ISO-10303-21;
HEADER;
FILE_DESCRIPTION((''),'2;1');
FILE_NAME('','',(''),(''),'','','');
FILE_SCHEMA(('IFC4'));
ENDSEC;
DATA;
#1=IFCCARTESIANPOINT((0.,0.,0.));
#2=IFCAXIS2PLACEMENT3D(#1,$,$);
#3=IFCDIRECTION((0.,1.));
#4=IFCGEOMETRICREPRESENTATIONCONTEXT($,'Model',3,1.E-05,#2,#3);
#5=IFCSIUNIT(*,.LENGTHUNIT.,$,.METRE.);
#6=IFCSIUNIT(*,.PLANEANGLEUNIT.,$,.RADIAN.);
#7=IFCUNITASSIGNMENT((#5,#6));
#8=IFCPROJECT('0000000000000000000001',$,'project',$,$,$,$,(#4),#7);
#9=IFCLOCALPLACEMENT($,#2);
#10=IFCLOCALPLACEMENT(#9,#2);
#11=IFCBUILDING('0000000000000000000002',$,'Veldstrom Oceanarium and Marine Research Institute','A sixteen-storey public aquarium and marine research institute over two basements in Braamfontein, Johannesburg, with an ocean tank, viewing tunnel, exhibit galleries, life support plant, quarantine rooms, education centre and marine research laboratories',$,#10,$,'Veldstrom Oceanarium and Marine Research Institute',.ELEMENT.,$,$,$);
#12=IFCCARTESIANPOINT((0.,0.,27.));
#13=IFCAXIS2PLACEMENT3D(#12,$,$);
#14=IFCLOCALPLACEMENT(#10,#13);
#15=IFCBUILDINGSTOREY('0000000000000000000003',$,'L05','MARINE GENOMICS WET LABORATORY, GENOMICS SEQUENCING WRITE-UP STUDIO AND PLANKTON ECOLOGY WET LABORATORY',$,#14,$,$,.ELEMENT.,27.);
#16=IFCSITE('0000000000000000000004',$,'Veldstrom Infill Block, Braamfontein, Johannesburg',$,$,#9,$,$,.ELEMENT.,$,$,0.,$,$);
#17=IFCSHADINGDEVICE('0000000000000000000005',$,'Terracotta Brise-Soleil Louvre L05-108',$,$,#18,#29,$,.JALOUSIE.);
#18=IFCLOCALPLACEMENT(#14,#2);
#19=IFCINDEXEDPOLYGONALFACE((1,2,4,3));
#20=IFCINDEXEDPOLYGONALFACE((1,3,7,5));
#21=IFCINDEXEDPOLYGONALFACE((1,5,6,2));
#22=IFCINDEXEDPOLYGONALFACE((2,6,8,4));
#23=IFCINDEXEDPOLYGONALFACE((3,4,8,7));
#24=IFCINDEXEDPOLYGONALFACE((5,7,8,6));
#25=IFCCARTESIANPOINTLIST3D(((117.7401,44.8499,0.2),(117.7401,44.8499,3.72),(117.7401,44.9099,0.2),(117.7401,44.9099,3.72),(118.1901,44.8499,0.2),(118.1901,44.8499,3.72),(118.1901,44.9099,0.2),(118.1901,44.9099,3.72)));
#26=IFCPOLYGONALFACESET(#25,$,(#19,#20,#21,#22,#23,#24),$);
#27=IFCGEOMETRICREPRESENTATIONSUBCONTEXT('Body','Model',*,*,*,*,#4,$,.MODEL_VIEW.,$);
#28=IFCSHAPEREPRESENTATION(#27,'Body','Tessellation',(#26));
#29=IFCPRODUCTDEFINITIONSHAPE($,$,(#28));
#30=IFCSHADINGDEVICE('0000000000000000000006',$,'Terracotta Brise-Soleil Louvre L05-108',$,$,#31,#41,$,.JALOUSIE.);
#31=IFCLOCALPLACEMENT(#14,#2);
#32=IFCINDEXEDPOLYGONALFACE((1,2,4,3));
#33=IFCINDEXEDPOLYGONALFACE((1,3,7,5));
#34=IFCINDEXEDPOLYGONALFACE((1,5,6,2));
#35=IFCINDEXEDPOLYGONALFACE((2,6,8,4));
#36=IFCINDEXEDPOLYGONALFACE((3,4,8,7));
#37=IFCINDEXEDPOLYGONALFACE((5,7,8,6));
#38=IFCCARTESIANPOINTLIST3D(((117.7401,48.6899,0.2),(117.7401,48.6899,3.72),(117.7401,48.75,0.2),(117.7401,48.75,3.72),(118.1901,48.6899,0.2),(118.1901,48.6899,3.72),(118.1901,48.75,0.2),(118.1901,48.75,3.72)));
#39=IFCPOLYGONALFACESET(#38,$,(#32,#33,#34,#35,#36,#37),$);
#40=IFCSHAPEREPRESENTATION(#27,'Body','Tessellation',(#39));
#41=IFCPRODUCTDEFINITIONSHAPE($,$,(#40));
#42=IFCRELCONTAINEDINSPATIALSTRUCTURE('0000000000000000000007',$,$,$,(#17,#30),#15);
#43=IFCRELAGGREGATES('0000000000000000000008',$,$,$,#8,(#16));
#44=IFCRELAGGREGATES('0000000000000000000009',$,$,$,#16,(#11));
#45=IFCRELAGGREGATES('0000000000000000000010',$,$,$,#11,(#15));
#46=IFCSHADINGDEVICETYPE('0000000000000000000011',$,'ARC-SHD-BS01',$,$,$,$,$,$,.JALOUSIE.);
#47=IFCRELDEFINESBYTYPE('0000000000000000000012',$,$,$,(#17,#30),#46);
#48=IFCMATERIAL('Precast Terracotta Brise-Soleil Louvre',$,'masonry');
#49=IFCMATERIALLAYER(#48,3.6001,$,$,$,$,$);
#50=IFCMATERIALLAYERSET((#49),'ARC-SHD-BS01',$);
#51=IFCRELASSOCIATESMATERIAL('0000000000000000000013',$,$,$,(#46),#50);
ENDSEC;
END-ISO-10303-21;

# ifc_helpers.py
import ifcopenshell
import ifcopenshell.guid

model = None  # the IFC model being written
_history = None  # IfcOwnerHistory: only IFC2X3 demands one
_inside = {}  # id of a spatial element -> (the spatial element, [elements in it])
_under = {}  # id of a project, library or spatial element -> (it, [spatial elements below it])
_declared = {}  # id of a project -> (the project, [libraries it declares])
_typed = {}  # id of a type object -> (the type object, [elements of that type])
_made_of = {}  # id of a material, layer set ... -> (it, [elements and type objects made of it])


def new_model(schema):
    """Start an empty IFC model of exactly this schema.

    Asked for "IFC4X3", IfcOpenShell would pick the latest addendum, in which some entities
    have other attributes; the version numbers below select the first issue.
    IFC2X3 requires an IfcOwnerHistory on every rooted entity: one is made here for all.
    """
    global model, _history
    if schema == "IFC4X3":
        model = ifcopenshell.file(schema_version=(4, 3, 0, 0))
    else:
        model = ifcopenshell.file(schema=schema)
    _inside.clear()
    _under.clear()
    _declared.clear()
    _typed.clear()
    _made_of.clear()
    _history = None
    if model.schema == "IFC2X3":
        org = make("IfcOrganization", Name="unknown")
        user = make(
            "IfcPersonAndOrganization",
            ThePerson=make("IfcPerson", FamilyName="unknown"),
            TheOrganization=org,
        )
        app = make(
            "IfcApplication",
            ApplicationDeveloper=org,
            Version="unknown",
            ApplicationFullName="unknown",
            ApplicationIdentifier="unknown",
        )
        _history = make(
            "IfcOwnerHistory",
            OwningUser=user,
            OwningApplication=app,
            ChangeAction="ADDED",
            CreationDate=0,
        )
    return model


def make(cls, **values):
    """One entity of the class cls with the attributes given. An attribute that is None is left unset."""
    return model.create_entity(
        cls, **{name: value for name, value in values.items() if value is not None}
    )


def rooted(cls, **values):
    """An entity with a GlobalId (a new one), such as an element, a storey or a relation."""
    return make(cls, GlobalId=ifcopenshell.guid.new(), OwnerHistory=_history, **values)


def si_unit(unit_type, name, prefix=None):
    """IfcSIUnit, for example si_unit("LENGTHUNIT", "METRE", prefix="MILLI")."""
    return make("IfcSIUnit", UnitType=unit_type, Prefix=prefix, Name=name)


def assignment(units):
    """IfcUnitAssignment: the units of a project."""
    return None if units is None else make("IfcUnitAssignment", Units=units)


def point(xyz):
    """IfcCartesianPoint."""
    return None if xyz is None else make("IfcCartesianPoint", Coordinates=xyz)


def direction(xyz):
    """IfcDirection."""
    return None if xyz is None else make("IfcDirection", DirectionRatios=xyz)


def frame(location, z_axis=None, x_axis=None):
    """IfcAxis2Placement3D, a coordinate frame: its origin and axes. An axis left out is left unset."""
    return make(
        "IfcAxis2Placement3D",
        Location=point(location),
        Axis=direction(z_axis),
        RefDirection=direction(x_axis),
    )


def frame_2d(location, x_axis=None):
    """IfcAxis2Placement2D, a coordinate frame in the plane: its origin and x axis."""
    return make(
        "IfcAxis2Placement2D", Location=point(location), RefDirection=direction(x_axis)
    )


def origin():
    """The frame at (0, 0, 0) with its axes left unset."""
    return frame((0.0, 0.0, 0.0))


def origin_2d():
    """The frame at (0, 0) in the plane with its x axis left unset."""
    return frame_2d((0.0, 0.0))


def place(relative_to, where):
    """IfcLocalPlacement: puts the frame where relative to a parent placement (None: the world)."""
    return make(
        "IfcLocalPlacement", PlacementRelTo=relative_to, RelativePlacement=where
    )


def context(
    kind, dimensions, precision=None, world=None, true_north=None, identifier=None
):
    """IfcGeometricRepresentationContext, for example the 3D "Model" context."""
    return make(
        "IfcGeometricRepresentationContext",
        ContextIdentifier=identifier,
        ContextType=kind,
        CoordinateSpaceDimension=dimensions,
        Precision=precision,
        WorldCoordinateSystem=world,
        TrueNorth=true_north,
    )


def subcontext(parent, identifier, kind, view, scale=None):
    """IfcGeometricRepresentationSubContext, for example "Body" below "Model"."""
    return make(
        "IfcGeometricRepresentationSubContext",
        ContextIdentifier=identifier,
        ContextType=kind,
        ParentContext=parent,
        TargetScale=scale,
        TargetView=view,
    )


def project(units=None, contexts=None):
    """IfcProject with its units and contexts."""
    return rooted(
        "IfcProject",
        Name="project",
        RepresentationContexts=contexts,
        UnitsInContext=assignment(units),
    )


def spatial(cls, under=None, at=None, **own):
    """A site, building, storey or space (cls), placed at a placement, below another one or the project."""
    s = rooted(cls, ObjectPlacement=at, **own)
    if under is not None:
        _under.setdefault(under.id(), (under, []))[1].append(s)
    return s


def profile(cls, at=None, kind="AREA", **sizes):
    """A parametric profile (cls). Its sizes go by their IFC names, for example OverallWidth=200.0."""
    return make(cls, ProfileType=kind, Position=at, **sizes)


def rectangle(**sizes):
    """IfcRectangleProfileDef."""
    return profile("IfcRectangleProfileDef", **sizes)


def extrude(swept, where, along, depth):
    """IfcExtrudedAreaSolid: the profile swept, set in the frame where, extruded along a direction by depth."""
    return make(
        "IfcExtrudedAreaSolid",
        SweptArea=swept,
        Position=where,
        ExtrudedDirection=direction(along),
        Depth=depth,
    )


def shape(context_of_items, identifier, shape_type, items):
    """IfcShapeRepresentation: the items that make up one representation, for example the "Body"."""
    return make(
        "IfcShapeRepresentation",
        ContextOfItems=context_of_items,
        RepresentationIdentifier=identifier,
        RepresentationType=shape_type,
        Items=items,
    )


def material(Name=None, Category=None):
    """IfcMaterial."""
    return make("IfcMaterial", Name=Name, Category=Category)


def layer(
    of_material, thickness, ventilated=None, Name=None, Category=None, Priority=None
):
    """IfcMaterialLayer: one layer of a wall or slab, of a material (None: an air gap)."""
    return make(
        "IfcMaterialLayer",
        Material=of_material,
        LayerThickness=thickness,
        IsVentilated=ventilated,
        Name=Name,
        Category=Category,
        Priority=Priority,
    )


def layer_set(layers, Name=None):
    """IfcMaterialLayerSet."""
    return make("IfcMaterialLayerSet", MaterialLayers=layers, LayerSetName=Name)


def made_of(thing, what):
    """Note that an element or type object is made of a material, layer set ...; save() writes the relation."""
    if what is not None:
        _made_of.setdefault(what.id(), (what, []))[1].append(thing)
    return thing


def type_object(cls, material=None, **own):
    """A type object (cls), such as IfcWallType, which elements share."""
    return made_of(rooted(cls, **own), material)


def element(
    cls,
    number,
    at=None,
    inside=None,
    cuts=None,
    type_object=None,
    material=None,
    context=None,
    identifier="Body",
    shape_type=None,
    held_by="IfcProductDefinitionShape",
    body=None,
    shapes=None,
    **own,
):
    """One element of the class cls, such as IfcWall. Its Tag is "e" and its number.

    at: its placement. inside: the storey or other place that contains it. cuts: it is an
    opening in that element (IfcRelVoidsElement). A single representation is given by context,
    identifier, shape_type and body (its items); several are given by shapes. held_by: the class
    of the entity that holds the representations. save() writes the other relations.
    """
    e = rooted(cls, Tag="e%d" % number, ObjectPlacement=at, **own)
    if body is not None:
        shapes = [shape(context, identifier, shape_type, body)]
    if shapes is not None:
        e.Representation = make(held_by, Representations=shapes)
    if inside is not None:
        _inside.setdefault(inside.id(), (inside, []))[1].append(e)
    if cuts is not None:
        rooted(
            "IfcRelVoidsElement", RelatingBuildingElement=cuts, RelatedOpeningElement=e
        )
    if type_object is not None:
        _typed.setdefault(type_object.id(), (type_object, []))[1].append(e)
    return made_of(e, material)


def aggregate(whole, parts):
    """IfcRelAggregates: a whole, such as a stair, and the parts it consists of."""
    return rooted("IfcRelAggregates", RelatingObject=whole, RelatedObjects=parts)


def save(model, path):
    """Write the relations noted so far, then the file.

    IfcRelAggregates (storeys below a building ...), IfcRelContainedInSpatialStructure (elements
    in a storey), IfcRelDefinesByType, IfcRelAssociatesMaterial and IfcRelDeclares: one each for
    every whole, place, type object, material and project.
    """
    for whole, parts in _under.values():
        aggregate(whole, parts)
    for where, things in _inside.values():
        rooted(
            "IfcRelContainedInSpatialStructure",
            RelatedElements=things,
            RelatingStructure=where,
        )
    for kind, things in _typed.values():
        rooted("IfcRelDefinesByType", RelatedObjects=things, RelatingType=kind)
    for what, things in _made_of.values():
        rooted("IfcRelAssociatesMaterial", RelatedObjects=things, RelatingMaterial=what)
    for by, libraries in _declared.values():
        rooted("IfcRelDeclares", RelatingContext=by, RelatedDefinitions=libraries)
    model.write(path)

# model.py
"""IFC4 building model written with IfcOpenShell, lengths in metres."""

from ifc_helpers import new_model, si_unit, direction, frame, origin, origin_2d, place, context, subcontext, project, spatial, rectangle, extrude, material, layer, layer_set, type_object, element, save


model = new_model("IFC4")

# Units and contexts
model_context = context("Model", 3, precision=1e-05, world=origin(), true_north=direction((0.0, 1.0)))
body_context = subcontext(model_context, "Body", "Model", "MODEL_VIEW")
ifc_project = project(units=[si_unit("LENGTHUNIT", "METRE"), si_unit("PLANEANGLEUNIT", "RADIAN")], contexts=[model_context])

# Site, building, storey
site_placement = place(None, origin())
site = spatial("IfcSite", under=ifc_project, at=site_placement, Name="Veldstrom Infill Block, Braamfontein, Johannesburg", CompositionType="ELEMENT", RefElevation=0.0)
building_placement = place(site_placement, origin())
building = spatial("IfcBuilding", under=site, at=building_placement, Name="Veldstrom Oceanarium and Marine Research Institute", Description="A sixteen-storey public aquarium and marine research institute over two basements in Braamfontein, Johannesburg, with an ocean tank, viewing tunnel, exhibit galleries, life support plant, quarantine rooms, education centre and marine research laboratories", LongName="Veldstrom Oceanarium and Marine Research Institute", CompositionType="ELEMENT")
storey_placement = place(building_placement, frame((0.0, 0.0, 27.0)))
storey = spatial("IfcBuildingStorey", under=building, at=storey_placement, Name="L05", Description="MARINE GENOMICS WET LABORATORY, GENOMICS SEQUENCING WRITE-UP STUDIO AND PLANKTON ECOLOGY WET LABORATORY", CompositionType="ELEMENT", Elevation=27.0)

# Shading devices
ifc_material_1 = material(Name="Precast Terracotta Brise-Soleil Louvre", Category="masonry")
ifc_layer_1 = layer(ifc_material_1, 3.6001)
ifc_layer_set_1 = layer_set([ifc_layer_1], Name="ARC-SHD-BS01")
shading_device_type = type_object("IfcShadingDeviceType", Name="ARC-SHD-BS01", PredefinedType="JALOUSIE", material=ifc_layer_set_1)
for number, where, z_axis, x_axis, name in (
    (1, (117.9651, 44.8799, 0.2), (0.0, 0.0, 1.0), (1.0, 0.0, 0.0), "Terracotta Brise-Soleil Louvre L05-108"),
    (2, (117.9651, 48.72, 0.2), (0.0, 0.0, 1.0), (1.0, 0.0, 0.0), "Terracotta Brise-Soleil Louvre L05-108"),
):
    element("IfcShadingDevice", number, at=place(storey_placement, frame(where, z_axis=z_axis, x_axis=x_axis)), inside=storey, type_object=shading_device_type, Name=name, PredefinedType="JALOUSIE", context=body_context, shape_type="SweptSolid", body=[
        extrude(rectangle(XDim=0.45, YDim=0.0601, at=origin_2d()), origin(), (0.0, 0.0, 1.0), 3.52),
    ])

save(model, "model.ifc")
